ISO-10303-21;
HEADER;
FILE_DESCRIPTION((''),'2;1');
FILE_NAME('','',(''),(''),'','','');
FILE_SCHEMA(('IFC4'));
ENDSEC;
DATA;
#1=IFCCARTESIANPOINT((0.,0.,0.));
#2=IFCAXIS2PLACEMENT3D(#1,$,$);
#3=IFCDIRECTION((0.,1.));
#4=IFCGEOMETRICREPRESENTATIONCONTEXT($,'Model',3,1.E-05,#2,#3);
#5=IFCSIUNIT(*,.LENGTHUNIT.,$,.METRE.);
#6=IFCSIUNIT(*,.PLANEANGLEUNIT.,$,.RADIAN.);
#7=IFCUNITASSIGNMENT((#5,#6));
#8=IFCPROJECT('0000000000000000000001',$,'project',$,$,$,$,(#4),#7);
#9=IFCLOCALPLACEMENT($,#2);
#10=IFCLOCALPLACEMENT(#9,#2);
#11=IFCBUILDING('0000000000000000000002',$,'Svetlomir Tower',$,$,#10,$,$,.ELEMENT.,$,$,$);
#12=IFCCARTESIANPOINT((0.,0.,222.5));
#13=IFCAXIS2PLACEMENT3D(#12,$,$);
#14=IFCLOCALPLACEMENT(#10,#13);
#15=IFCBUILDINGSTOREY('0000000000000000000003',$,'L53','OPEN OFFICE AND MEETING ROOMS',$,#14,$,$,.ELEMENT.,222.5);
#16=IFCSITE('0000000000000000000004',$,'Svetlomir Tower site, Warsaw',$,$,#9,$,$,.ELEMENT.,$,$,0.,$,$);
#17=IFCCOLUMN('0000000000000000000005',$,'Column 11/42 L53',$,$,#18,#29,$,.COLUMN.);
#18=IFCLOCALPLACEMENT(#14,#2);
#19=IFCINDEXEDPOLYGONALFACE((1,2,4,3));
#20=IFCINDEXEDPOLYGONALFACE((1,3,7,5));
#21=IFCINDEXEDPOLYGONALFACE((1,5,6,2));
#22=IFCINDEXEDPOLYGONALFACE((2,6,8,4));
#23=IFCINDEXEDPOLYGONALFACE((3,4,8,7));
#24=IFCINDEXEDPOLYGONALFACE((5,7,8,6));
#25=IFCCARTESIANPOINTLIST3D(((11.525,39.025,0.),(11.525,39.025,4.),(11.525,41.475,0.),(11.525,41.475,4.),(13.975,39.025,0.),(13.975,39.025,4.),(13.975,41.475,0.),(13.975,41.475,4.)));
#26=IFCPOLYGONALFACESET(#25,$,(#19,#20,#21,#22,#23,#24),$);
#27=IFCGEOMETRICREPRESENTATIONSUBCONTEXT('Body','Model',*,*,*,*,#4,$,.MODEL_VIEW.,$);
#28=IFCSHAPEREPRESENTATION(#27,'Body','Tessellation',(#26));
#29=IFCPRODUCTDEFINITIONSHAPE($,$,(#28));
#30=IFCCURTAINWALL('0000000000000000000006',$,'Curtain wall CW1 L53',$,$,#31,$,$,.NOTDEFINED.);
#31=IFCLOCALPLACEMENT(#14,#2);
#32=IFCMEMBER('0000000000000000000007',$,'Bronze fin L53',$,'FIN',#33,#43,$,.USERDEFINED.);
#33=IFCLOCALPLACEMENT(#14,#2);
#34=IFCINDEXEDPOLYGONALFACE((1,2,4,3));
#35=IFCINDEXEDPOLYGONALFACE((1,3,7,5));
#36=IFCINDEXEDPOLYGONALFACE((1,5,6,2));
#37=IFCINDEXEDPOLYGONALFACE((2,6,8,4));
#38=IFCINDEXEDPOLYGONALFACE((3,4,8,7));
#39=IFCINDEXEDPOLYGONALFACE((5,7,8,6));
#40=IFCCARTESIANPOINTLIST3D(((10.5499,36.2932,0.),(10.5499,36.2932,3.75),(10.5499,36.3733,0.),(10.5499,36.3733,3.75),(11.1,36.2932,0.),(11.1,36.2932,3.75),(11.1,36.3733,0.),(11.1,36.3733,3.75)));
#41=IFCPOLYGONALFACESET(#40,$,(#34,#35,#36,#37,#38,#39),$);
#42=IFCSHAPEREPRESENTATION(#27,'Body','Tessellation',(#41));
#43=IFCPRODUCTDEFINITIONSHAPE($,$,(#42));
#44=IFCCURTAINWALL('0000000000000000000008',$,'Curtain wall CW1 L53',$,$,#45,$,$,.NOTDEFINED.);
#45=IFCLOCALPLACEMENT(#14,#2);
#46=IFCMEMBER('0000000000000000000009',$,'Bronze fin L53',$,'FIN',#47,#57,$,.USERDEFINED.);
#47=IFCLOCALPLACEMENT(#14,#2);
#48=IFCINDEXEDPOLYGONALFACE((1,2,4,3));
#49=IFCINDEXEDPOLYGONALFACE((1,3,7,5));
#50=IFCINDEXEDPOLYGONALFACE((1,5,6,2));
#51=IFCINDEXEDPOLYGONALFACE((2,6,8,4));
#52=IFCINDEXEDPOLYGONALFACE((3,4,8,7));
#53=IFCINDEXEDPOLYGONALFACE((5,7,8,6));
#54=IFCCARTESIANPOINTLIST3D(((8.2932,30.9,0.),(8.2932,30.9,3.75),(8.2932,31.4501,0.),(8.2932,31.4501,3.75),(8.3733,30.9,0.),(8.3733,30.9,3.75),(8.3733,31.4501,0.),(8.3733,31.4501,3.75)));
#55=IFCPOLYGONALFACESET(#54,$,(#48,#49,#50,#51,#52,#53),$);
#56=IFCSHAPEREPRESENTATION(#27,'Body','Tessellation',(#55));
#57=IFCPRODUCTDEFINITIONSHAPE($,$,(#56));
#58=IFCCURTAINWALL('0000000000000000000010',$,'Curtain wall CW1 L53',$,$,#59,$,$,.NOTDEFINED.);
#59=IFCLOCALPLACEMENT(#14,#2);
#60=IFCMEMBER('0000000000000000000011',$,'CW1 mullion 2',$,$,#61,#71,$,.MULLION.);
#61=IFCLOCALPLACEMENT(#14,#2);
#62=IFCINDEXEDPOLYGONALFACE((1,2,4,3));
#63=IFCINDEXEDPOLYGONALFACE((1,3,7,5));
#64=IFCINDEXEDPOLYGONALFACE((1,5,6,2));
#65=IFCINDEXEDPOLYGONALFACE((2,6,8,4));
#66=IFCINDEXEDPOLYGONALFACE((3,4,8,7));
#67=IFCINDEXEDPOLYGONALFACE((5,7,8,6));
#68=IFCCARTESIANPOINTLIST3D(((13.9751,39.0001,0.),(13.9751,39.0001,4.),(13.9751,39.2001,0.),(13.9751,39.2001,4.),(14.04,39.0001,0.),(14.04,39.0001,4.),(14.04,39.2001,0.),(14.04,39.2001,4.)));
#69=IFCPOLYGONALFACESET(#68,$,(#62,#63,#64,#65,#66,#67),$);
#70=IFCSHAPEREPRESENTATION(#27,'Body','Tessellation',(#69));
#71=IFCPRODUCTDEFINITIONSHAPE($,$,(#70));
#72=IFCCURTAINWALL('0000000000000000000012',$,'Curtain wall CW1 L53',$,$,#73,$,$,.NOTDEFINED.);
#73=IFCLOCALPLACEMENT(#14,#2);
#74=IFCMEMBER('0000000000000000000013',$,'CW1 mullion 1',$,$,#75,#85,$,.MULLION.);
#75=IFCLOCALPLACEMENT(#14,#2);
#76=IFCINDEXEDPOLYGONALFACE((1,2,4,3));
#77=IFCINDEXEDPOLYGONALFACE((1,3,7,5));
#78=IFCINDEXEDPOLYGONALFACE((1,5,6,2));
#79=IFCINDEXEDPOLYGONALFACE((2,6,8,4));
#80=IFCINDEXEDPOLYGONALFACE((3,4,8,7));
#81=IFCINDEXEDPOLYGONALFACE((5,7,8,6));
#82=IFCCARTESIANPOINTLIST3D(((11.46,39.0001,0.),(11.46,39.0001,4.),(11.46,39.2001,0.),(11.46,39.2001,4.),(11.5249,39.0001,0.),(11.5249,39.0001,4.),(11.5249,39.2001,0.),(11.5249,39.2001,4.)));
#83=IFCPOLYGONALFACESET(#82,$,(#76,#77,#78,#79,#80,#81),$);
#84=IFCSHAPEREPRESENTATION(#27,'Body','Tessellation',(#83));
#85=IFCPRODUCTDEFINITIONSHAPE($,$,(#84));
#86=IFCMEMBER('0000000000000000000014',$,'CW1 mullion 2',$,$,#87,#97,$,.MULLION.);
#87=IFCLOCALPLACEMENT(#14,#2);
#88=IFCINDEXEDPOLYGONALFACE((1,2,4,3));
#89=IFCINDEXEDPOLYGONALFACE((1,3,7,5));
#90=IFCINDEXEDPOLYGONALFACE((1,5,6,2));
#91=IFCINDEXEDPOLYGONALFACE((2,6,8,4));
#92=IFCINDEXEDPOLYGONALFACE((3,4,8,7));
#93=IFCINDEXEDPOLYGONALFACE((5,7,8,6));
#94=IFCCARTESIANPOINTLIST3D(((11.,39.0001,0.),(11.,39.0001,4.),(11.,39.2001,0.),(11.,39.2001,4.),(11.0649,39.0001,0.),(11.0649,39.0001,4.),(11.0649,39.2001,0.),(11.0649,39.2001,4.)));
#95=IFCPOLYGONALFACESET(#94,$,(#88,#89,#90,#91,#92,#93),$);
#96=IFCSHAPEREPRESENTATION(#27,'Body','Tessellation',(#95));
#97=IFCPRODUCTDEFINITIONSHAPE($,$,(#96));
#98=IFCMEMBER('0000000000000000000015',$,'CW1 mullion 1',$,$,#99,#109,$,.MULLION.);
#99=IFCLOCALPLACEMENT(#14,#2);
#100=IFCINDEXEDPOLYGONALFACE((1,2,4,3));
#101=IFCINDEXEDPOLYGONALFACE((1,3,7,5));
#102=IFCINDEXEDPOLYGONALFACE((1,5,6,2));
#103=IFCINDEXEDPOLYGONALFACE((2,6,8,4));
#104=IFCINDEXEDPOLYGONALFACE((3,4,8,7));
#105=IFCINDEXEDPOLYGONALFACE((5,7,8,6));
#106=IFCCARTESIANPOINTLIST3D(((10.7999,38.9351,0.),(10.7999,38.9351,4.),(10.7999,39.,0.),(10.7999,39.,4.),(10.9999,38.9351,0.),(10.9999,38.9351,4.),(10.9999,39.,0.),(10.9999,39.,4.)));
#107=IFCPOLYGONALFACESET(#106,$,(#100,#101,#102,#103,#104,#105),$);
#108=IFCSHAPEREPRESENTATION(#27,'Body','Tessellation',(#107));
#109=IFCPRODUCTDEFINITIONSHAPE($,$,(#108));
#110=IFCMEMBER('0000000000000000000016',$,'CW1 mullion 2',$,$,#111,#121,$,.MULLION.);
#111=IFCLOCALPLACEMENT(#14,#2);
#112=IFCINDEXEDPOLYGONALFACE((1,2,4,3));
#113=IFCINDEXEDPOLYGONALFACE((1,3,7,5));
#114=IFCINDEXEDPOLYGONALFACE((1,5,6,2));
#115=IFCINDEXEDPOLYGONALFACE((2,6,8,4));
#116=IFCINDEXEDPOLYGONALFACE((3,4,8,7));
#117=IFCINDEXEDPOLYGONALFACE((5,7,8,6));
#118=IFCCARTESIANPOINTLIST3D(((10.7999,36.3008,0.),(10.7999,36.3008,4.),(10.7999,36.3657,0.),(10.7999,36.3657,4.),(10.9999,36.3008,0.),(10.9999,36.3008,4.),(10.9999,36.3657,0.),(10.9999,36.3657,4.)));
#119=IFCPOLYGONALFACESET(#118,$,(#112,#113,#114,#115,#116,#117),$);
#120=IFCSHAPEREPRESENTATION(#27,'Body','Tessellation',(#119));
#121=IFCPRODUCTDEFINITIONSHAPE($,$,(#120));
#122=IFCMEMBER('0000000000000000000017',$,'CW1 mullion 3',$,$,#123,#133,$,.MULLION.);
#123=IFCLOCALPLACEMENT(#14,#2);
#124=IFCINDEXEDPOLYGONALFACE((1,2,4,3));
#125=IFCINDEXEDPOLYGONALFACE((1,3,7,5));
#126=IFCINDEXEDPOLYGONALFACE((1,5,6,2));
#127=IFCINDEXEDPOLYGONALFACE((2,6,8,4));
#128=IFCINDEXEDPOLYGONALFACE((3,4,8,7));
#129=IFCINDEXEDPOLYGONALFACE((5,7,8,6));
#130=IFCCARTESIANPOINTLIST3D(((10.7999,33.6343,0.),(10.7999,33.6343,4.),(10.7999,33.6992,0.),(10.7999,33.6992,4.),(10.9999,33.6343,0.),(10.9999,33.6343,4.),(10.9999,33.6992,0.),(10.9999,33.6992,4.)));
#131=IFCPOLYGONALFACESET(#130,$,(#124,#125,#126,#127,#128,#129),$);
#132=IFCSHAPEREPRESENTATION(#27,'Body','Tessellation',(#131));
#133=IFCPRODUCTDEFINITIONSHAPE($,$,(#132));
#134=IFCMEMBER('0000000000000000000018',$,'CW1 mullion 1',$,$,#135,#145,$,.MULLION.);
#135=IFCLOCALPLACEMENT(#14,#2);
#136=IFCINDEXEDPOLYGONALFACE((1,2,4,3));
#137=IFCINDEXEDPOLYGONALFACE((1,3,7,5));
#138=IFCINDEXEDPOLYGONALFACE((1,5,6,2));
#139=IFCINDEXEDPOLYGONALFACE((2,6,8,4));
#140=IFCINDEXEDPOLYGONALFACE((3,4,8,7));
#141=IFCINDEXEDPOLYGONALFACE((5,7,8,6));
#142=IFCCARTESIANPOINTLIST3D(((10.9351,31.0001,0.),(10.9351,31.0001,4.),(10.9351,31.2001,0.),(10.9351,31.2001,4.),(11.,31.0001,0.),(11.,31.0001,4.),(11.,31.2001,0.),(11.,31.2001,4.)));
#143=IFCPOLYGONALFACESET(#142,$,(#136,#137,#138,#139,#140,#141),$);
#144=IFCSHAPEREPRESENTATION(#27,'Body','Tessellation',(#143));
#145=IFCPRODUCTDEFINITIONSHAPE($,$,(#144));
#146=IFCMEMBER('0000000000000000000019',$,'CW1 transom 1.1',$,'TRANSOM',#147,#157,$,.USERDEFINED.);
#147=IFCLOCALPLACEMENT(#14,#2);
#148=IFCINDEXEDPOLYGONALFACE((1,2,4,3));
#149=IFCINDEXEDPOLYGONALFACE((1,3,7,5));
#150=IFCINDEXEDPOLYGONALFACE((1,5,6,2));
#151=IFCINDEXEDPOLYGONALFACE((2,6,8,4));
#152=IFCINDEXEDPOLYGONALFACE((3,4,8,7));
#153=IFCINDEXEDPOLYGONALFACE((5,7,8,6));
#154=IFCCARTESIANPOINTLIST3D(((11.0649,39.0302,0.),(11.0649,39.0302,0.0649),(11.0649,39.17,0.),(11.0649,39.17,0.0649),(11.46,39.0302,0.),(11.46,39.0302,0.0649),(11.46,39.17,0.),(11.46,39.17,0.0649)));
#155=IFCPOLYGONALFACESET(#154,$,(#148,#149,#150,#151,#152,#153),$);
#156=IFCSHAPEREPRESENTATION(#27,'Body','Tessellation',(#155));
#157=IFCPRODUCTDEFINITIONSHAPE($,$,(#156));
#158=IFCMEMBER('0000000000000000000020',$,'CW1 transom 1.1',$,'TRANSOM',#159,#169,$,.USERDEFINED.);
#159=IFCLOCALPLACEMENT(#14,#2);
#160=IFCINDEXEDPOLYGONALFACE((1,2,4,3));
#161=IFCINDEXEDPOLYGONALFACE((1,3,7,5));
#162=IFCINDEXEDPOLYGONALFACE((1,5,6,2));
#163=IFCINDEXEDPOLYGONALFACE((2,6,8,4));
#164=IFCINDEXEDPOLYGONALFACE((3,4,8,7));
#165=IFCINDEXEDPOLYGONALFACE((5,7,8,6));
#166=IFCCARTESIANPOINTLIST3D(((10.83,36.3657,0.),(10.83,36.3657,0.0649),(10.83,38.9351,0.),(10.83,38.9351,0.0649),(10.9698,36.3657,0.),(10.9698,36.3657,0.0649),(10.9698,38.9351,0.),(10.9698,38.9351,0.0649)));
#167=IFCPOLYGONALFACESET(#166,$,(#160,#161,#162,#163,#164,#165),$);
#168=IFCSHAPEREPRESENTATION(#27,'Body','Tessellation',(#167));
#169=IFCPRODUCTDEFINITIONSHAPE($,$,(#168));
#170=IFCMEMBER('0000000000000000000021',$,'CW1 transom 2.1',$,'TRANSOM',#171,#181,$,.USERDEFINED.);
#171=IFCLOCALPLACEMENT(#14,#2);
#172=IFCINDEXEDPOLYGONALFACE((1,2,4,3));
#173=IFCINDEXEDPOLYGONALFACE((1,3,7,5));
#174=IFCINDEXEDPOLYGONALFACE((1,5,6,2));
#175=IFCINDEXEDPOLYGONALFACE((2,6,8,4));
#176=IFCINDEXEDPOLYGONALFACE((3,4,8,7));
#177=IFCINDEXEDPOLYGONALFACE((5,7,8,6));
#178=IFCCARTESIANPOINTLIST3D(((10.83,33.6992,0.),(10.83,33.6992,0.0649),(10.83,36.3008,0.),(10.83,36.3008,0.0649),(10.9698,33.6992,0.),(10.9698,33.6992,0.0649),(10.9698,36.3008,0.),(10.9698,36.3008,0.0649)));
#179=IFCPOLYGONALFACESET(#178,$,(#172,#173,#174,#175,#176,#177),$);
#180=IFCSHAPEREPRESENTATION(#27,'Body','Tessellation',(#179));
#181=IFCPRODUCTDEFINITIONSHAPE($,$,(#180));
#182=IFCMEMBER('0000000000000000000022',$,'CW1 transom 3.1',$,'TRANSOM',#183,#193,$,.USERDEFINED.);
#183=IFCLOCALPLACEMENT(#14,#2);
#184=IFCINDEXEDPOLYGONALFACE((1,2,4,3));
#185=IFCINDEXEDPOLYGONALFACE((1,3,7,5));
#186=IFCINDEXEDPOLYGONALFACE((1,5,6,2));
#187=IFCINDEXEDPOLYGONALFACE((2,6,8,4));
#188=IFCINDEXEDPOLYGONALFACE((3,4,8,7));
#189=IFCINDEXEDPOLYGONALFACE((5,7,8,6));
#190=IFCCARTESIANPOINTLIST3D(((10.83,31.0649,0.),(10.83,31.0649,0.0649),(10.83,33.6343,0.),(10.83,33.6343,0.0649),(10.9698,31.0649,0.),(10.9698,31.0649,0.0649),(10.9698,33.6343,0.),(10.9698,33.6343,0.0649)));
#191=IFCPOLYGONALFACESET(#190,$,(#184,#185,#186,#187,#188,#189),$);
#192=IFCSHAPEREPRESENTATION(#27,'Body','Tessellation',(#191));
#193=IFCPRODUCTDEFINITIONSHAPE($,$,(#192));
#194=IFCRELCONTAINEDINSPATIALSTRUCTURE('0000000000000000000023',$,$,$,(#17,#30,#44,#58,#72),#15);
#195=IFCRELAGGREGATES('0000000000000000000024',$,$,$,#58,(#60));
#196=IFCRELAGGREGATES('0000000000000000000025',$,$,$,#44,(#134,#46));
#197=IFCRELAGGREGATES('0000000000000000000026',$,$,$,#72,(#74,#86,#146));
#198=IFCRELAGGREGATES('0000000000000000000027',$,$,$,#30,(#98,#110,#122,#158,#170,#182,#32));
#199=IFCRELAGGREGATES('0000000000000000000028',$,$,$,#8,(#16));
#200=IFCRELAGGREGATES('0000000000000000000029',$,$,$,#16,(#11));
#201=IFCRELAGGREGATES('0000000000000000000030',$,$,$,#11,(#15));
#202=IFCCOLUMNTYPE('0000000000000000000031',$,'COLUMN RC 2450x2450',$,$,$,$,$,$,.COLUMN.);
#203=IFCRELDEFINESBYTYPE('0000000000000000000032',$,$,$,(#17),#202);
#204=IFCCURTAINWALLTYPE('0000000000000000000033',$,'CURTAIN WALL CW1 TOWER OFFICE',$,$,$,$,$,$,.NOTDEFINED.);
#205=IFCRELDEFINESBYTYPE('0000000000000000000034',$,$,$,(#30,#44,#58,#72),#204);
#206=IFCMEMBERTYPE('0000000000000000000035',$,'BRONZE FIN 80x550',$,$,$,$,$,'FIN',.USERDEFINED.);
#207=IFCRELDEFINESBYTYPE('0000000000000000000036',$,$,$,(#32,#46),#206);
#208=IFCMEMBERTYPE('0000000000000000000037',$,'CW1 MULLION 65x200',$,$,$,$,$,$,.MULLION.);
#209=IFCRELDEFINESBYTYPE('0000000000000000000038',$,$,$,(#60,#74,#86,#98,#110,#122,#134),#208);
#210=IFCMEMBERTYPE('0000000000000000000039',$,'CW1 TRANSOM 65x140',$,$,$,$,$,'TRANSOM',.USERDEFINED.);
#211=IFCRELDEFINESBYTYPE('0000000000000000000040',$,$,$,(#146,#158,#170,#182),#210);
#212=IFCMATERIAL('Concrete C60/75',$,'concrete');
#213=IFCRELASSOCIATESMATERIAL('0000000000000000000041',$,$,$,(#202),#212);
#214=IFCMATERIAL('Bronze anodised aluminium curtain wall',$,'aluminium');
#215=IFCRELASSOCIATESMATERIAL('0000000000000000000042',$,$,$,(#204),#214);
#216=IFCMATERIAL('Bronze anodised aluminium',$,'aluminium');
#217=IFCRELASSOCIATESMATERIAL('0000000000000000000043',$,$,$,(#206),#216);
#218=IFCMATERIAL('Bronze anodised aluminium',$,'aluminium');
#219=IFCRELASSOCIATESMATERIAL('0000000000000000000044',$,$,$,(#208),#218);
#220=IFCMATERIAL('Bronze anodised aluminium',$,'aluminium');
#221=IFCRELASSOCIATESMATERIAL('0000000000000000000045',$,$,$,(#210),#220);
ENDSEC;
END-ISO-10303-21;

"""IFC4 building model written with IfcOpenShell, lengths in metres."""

from ifc_helpers import new_model, si_unit, direction, frame, origin, origin_2d, place, context, subcontext, project, spatial, rectangle, extrude, material, material_profile, profile_set, type_object, element, aggregate, save


model = new_model("IFC4")

# Units and contexts
model_context = context("Model", 3, precision=1e-05, world=origin(), true_north=direction((0.0, 1.0)))
body_context = subcontext(model_context, "Body", "Model", "MODEL_VIEW")
ifc_project = project(units=[si_unit("LENGTHUNIT", "METRE"), si_unit("PLANEANGLEUNIT", "RADIAN")], contexts=[model_context])

# Site, building, storey
site_placement = place(None, origin())
site = spatial("IfcSite", under=ifc_project, at=site_placement, Name="Svetlomir Tower site, Warsaw", CompositionType="ELEMENT", RefElevation=0.0)
building_placement = place(site_placement, origin())
building = spatial("IfcBuilding", under=site, at=building_placement, Name="Svetlomir Tower", CompositionType="ELEMENT")
storey_placement = place(building_placement, frame((0.0, 0.0, 222.5)))
storey = spatial("IfcBuildingStorey", under=building, at=storey_placement, Name="L53", Description="OPEN OFFICE AND MEETING ROOMS", CompositionType="ELEMENT", Elevation=222.5)

# Column
ifc_material_1 = material(Name="Concrete C60/75", Category="concrete")
ifc_material_profile_1 = material_profile(ifc_material_1, rectangle(XDim=2.45, YDim=2.45, at=origin_2d()), Name="RC 2450x2450")
ifc_profile_set_1 = profile_set([ifc_material_profile_1], Name="Concrete C60/75")
column_type = type_object("IfcColumnType", Name="COLUMN RC 2450x2450", PredefinedType="COLUMN", material=ifc_profile_set_1)
column_placement = place(storey_placement, frame((12.75, 40.25, 0.0), z_axis=(0.0, 0.0, 1.0), x_axis=(1.0, 0.0, 0.0)))
element("IfcColumn", 1, at=column_placement, inside=storey, type_object=column_type, Name="Column 11/42 L53", PredefinedType="COLUMN", context=body_context, shape_type="SweptSolid", body=[
    extrude(rectangle(XDim=2.45, YDim=2.45, at=origin_2d()), origin(), (0.0, 0.0, 1.0), 4.0),
])

# Curtain walls, members
ifc_material_2 = material(Name="Bronze anodised aluminium curtain wall", Category="aluminium")
curtain_wall_type = type_object("IfcCurtainWallType", Name="CURTAIN WALL CW1 TOWER OFFICE", PredefinedType="NOTDEFINED", material=ifc_material_2)
curtain_wall_1_placement = place(storey_placement, origin())
curtain_wall_1 = element("IfcCurtainWall", 2, at=curtain_wall_1_placement, inside=storey, type_object=curtain_wall_type, Name="Curtain wall CW1 L53", PredefinedType="NOTDEFINED")
ifc_material_3 = material(Name="Bronze anodised aluminium", Category="aluminium")
ifc_material_profile_2 = material_profile(ifc_material_3, rectangle(XDim=0.0801, YDim=0.55, at=origin_2d()), Name="FIN 80x550")
ifc_profile_set_2 = profile_set([ifc_material_profile_2], Name="Bronze anodised aluminium 6063-T6")
member_type_1 = type_object("IfcMemberType", Name="BRONZE FIN 80x550", ElementType="FIN", PredefinedType="USERDEFINED", material=ifc_profile_set_2)
member_1_placement = place(storey_placement, frame((10.825, 36.3333, 0.0), z_axis=(0.0, 0.0, 1.0), x_axis=(0.0, 1.0, 0.0)))
member_1 = element("IfcMember", 3, at=member_1_placement, type_object=member_type_1, Name="Bronze fin L53", ObjectType="FIN", PredefinedType="USERDEFINED", context=body_context, shape_type="SweptSolid", body=[
    extrude(rectangle(XDim=0.0801, YDim=0.55, at=origin_2d()), origin(), (0.0, 0.0, 1.0), 3.75),
])
curtain_wall_2_placement = place(storey_placement, origin())
curtain_wall_2 = element("IfcCurtainWall", 4, at=curtain_wall_2_placement, inside=storey, type_object=curtain_wall_type, Name="Curtain wall CW1 L53", PredefinedType="NOTDEFINED")
member_2_placement = place(storey_placement, frame((8.3333, 31.175, 0.0), z_axis=(0.0, 0.0, 1.0), x_axis=(1.0, 0.0, 0.0)))
member_2 = element("IfcMember", 5, at=member_2_placement, type_object=member_type_1, Name="Bronze fin L53", ObjectType="FIN", PredefinedType="USERDEFINED", context=body_context, shape_type="SweptSolid", body=[
    extrude(rectangle(XDim=0.0801, YDim=0.55, at=origin_2d()), origin(), (0.0, 0.0, 1.0), 3.75),
])
curtain_wall_3_placement = place(storey_placement, origin())
curtain_wall_3 = element("IfcCurtainWall", 6, at=curtain_wall_3_placement, inside=storey, type_object=curtain_wall_type, Name="Curtain wall CW1 L53", PredefinedType="NOTDEFINED")
ifc_material_4 = material(Name="Bronze anodised aluminium", Category="aluminium")
ifc_material_profile_3 = material_profile(ifc_material_4, rectangle(XDim=0.0649, YDim=0.2, at=origin_2d()), Name="AL 65x200")
ifc_profile_set_3 = profile_set([ifc_material_profile_3], Name="Bronze anodised aluminium 6063-T6")
member_type_2 = type_object("IfcMemberType", Name="CW1 MULLION 65x200", PredefinedType="MULLION", material=ifc_profile_set_3)
member_3_placement = place(storey_placement, frame((14.0076, 39.1001, 0.0), z_axis=(0.0, 0.0, 1.0), x_axis=(-1.0, 0.0, 0.0)))
member_3 = element("IfcMember", 7, at=member_3_placement, type_object=member_type_2, Name="CW1 mullion 2", PredefinedType="MULLION", context=body_context, shape_type="SweptSolid", body=[
    extrude(rectangle(XDim=0.0649, YDim=0.2, at=origin_2d()), origin(), (0.0, 0.0, 1.0), 4.0),
])
aggregate(curtain_wall_3, [member_3])

# Curtain wall, members
curtain_wall_4_placement = place(storey_placement, origin())
curtain_wall_4 = element("IfcCurtainWall", 8, at=curtain_wall_4_placement, inside=storey, type_object=curtain_wall_type, Name="Curtain wall CW1 L53", PredefinedType="NOTDEFINED")
member_4_placement = place(storey_placement, frame((11.4924, 39.1001, 0.0), z_axis=(0.0, 0.0, 1.0), x_axis=(-1.0, 0.0, 0.0)))
member_4 = element("IfcMember", 9, at=member_4_placement, type_object=member_type_2, Name="CW1 mullion 1", PredefinedType="MULLION", context=body_context, shape_type="SweptSolid", body=[
    extrude(rectangle(XDim=0.0649, YDim=0.2, at=origin_2d()), origin(), (0.0, 0.0, 1.0), 4.0),
])
member_5_placement = place(storey_placement, frame((11.0325, 39.1001, 0.0), z_axis=(0.0, 0.0, 1.0), x_axis=(-1.0, 0.0, 0.0)))
member_5 = element("IfcMember", 10, at=member_5_placement, type_object=member_type_2, Name="CW1 mullion 2", PredefinedType="MULLION", context=body_context, shape_type="SweptSolid", body=[
    extrude(rectangle(XDim=0.0649, YDim=0.2, at=origin_2d()), origin(), (0.0, 0.0, 1.0), 4.0),
])

# Members
member_6_placement = place(storey_placement, frame((10.8999, 38.9675, 0.0), z_axis=(0.0, 0.0, 1.0), x_axis=(0.0, -1.0, 0.0)))
member_6 = element("IfcMember", 11, at=member_6_placement, type_object=member_type_2, Name="CW1 mullion 1", PredefinedType="MULLION", context=body_context, shape_type="SweptSolid", body=[
    extrude(rectangle(XDim=0.0649, YDim=0.2, at=origin_2d()), origin(), (0.0, 0.0, 1.0), 4.0),
])
member_7_placement = place(storey_placement, frame((10.8999, 36.3333, 0.0), z_axis=(0.0, 0.0, 1.0), x_axis=(0.0, -1.0, 0.0)))
member_7 = element("IfcMember", 12, at=member_7_placement, type_object=member_type_2, Name="CW1 mullion 2", PredefinedType="MULLION", context=body_context, shape_type="SweptSolid", body=[
    extrude(rectangle(XDim=0.0649, YDim=0.2, at=origin_2d()), origin(), (0.0, 0.0, 1.0), 4.0),
])
member_8_placement = place(storey_placement, frame((10.8999, 33.6667, 0.0), z_axis=(0.0, 0.0, 1.0), x_axis=(0.0, -1.0, 0.0)))
member_8 = element("IfcMember", 13, at=member_8_placement, type_object=member_type_2, Name="CW1 mullion 3", PredefinedType="MULLION", context=body_context, shape_type="SweptSolid", body=[
    extrude(rectangle(XDim=0.0649, YDim=0.2, at=origin_2d()), origin(), (0.0, 0.0, 1.0), 4.0),
])
member_9_placement = place(storey_placement, frame((10.9675, 31.1001, 0.0), z_axis=(0.0, 0.0, 1.0), x_axis=(-1.0, 0.0, 0.0)))
member_9 = element("IfcMember", 14, at=member_9_placement, type_object=member_type_2, Name="CW1 mullion 1", PredefinedType="MULLION", context=body_context, shape_type="SweptSolid", body=[
    extrude(rectangle(XDim=0.0649, YDim=0.2, at=origin_2d()), origin(), (0.0, 0.0, 1.0), 4.0),
])
aggregate(curtain_wall_2, [member_9, member_2])
ifc_material_5 = material(Name="Bronze anodised aluminium", Category="aluminium")
ifc_material_profile_4 = material_profile(ifc_material_5, rectangle(XDim=0.1399, YDim=0.0649, at=origin_2d()), Name="AL 140x65")
ifc_profile_set_4 = profile_set([ifc_material_profile_4], Name="Bronze anodised aluminium 6063-T6")
member_type_3 = type_object("IfcMemberType", Name="CW1 TRANSOM 65x140", ElementType="TRANSOM", PredefinedType="USERDEFINED", material=ifc_profile_set_4)
member_10_placement = place(storey_placement, frame((11.46, 39.1001, 0.0325), z_axis=(-1.0, 0.0, 0.0), x_axis=(0.0, -1.0, 0.0)))
member_10 = element("IfcMember", 15, at=member_10_placement, type_object=member_type_3, Name="CW1 transom 1.1", ObjectType="TRANSOM", PredefinedType="USERDEFINED", context=body_context, shape_type="SweptSolid", body=[
    extrude(rectangle(XDim=0.1399, YDim=0.0649, at=origin_2d()), origin(), (0.0, 0.0, 1.0), 0.395),
])
member_11_placement = place(storey_placement, frame((10.8999, 38.9351, 0.0325), z_axis=(0.0, -1.0, 0.0), x_axis=(1.0, 0.0, 0.0)))
member_11 = element("IfcMember", 16, at=member_11_placement, type_object=member_type_3, Name="CW1 transom 1.1", ObjectType="TRANSOM", PredefinedType="USERDEFINED", context=body_context, shape_type="SweptSolid", body=[
    extrude(rectangle(XDim=0.1399, YDim=0.0649, at=origin_2d()), origin(), (0.0, 0.0, 1.0), 2.5693),
])
member_12_placement = place(storey_placement, frame((10.8999, 36.3008, 0.0325), z_axis=(0.0, -1.0, 0.0), x_axis=(1.0, 0.0, 0.0)))
member_12 = element("IfcMember", 17, at=member_12_placement, type_object=member_type_3, Name="CW1 transom 2.1", ObjectType="TRANSOM", PredefinedType="USERDEFINED", context=body_context, shape_type="SweptSolid", body=[
    extrude(rectangle(XDim=0.1399, YDim=0.0649, at=origin_2d()), origin(), (0.0, 0.0, 1.0), 2.6016),
])
member_13_placement = place(storey_placement, frame((10.8999, 33.6343, 0.0325), z_axis=(0.0, -1.0, 0.0), x_axis=(1.0, 0.0, 0.0)))
member_13 = element("IfcMember", 18, at=member_13_placement, type_object=member_type_3, Name="CW1 transom 3.1", ObjectType="TRANSOM", PredefinedType="USERDEFINED", context=body_context, shape_type="SweptSolid", body=[
    extrude(rectangle(XDim=0.1399, YDim=0.0649, at=origin_2d()), origin(), (0.0, 0.0, 1.0), 2.5693),
])

aggregate(curtain_wall_4, [member_4, member_5, member_10])
aggregate(curtain_wall_1, [member_6, member_7, member_8, member_11, member_12, member_13, member_1])

save(model, "model.ifc")
